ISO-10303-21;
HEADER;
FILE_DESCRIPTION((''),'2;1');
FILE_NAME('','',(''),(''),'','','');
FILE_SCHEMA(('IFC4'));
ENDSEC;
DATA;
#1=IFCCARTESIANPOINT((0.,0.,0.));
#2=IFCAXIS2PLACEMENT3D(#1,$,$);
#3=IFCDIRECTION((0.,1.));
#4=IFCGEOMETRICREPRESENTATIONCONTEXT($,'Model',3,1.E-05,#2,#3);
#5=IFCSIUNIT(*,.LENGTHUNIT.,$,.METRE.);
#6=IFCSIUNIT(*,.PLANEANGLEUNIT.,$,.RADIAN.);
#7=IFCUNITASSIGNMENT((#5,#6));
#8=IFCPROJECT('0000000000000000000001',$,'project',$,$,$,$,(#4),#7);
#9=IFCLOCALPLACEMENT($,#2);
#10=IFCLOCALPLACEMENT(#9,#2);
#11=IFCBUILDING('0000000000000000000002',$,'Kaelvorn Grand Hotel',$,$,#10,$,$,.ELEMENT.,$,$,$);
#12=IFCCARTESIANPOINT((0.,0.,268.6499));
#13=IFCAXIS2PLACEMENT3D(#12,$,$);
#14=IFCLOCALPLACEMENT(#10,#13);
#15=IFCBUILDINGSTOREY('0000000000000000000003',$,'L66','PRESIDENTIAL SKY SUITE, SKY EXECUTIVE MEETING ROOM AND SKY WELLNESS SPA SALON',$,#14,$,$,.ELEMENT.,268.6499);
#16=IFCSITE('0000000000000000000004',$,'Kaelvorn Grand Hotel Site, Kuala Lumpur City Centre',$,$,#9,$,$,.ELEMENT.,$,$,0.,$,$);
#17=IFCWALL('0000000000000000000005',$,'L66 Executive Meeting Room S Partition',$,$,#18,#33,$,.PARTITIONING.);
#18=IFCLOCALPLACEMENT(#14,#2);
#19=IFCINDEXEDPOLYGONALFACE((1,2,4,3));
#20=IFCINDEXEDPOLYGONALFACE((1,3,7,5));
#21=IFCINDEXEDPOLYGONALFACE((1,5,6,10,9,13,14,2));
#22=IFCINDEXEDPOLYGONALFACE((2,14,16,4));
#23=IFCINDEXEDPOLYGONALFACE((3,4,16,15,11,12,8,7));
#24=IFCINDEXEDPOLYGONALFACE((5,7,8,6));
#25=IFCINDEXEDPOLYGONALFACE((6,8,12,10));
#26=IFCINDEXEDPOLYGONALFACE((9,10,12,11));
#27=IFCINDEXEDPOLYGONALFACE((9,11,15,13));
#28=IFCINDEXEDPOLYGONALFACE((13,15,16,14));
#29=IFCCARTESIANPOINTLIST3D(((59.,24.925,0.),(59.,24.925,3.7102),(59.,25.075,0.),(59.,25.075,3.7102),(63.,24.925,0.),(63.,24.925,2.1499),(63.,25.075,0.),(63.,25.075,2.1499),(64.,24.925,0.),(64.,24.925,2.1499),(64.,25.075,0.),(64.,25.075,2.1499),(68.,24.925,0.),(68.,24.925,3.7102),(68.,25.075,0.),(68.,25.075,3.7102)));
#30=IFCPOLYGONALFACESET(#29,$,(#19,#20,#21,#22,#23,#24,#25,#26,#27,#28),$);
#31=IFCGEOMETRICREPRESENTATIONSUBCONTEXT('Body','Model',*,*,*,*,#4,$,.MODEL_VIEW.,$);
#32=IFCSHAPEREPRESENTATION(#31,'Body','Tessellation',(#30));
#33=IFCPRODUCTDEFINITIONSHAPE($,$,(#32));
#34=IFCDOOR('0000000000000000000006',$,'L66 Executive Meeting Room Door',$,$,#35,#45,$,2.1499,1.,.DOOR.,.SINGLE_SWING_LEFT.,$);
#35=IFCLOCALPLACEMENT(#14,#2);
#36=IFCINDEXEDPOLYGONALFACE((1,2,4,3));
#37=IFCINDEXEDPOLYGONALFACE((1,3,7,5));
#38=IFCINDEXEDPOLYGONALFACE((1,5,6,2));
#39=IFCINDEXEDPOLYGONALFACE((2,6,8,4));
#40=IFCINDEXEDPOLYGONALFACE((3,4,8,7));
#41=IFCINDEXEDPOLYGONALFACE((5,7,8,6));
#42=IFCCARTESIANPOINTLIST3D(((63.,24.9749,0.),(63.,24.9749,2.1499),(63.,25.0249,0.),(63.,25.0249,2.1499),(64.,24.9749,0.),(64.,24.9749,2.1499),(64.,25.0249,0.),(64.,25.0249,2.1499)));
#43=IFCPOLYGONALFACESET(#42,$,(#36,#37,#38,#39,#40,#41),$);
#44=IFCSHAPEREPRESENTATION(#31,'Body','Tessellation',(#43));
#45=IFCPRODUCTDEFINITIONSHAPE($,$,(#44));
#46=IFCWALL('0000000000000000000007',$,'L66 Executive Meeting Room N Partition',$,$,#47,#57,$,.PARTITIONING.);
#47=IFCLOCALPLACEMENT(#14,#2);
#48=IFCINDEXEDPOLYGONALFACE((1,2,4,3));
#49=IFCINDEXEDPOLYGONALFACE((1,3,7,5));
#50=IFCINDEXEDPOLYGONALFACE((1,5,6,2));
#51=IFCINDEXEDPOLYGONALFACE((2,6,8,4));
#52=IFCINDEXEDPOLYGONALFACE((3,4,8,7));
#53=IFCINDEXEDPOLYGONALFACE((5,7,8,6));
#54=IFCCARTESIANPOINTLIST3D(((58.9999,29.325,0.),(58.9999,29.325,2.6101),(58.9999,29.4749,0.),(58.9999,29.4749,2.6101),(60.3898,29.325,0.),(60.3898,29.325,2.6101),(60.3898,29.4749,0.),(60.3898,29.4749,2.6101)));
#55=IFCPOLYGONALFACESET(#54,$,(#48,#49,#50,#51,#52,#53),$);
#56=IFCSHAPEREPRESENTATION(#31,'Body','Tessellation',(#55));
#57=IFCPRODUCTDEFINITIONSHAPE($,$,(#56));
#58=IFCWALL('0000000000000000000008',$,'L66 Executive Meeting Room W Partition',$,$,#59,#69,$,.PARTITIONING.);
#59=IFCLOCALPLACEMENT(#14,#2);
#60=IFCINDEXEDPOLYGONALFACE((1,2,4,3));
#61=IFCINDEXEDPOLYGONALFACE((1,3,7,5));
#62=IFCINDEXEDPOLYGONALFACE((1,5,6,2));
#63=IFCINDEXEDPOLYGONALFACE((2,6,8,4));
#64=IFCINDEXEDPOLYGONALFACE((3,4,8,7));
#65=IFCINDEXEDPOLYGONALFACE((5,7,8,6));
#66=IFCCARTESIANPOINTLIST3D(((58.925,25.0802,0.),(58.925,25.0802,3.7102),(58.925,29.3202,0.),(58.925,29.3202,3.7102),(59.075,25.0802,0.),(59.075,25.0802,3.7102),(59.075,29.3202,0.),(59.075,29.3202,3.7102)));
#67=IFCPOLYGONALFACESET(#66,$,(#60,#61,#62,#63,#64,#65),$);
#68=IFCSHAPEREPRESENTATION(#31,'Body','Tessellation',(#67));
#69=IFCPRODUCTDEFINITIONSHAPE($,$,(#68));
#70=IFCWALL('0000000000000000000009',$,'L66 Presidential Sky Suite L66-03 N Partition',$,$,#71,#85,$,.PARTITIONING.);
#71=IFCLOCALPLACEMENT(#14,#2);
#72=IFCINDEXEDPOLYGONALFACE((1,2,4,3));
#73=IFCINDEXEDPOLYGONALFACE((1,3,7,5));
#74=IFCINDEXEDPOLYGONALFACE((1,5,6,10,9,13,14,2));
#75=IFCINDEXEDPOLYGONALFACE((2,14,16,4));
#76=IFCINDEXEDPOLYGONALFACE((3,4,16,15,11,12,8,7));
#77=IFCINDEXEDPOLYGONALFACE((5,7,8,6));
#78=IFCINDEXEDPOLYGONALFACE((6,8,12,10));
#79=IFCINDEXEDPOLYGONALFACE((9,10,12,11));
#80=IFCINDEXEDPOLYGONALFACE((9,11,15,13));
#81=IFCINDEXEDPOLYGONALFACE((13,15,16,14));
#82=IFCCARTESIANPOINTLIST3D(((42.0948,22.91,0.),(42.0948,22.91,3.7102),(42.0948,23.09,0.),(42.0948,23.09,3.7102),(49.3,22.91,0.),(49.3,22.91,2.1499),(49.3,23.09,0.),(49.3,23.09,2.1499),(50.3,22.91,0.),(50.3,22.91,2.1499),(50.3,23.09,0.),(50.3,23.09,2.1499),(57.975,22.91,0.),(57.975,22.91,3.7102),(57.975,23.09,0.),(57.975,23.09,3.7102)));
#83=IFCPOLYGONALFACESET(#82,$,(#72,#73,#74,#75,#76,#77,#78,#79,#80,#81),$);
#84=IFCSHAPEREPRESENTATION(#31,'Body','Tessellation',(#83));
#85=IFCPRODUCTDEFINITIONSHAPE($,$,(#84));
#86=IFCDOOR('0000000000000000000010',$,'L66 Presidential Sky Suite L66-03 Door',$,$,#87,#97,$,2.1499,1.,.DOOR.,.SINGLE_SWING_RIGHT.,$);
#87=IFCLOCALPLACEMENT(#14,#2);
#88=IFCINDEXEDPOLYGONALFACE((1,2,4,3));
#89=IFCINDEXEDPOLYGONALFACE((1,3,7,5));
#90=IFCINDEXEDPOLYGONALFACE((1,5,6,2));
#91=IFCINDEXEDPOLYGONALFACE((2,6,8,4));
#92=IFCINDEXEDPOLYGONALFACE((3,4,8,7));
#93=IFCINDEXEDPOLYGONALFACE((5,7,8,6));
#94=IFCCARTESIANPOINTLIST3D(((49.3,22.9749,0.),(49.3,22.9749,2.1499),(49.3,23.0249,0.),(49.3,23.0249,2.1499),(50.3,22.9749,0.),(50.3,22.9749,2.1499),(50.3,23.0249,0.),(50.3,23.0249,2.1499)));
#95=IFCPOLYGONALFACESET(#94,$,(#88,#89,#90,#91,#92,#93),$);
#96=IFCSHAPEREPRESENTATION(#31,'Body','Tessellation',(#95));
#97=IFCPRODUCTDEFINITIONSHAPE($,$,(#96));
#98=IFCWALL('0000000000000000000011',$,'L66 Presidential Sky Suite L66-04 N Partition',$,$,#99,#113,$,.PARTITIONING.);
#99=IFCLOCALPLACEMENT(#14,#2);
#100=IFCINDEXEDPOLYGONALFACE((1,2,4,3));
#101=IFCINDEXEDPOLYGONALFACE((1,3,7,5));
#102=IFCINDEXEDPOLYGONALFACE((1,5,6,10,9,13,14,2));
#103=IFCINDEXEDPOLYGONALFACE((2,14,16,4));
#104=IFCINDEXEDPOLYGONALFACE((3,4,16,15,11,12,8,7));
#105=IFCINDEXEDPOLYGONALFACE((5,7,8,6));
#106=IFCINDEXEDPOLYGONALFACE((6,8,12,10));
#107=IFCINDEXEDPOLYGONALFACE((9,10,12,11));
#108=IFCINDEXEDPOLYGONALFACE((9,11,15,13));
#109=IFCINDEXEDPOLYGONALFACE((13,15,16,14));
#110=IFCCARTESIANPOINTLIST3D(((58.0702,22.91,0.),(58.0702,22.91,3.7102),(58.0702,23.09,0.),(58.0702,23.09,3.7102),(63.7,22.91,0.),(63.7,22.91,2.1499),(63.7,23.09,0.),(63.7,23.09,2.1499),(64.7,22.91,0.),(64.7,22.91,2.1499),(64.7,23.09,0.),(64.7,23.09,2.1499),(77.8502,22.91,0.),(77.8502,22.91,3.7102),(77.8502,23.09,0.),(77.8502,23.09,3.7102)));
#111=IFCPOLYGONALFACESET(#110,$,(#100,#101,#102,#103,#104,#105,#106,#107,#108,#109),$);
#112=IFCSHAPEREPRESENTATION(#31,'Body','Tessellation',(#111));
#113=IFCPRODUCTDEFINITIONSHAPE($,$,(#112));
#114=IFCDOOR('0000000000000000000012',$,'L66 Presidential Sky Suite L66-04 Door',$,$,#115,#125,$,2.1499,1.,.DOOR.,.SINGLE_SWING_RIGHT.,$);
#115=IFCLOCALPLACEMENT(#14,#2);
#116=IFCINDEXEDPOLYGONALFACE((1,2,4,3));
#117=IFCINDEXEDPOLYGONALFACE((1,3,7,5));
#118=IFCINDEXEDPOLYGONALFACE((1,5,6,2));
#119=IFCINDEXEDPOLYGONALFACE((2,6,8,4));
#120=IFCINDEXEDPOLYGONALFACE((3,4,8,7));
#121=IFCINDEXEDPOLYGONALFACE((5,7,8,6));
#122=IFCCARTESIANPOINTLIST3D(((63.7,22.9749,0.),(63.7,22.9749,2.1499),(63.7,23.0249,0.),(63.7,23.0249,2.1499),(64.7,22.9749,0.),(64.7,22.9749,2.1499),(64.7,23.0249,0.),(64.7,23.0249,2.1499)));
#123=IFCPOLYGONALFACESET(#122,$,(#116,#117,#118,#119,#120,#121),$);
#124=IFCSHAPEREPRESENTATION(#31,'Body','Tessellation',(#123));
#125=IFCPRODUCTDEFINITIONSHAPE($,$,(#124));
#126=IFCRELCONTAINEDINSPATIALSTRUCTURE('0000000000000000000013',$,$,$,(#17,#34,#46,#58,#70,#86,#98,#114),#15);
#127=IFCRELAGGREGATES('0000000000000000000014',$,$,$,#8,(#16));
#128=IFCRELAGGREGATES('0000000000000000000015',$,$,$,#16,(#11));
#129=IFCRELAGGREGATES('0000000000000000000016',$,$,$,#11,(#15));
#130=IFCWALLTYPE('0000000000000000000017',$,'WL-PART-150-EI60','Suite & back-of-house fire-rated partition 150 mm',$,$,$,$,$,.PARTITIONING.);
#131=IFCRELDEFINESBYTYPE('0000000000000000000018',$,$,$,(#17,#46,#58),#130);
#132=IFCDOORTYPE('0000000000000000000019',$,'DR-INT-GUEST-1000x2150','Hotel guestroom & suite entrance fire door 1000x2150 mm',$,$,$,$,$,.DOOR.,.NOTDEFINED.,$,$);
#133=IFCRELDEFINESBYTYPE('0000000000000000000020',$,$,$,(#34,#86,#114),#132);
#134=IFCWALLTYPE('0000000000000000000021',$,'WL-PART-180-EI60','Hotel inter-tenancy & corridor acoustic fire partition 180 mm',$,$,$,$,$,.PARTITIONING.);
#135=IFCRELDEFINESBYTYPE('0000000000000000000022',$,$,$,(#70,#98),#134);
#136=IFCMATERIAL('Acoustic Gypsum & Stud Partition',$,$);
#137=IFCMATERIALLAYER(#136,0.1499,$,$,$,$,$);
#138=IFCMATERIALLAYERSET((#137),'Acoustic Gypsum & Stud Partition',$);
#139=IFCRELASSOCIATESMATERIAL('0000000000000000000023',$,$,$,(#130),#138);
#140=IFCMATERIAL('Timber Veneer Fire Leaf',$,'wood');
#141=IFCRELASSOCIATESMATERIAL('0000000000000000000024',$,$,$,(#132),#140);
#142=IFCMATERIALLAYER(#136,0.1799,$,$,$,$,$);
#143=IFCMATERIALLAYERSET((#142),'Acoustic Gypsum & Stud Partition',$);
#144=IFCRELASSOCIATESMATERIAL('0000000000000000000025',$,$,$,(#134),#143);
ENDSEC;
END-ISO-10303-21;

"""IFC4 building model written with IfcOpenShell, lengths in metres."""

from ifc_helpers import new_model, si_unit, direction, frame, frame_2d, origin, place, context, subcontext, project, spatial, rectangle, extrude, material, layer, layer_set, type_object, element, fill, save


model = new_model("IFC4")

# Units and contexts
model_context = context("Model", 3, precision=1e-05, world=origin(), true_north=direction((0.0, 1.0)))
body_context = subcontext(model_context, "Body", "Model", "MODEL_VIEW")
ifc_project = project(units=[si_unit("LENGTHUNIT", "METRE"), si_unit("PLANEANGLEUNIT", "RADIAN")], contexts=[model_context])

# Site, building, storey
site_placement = place(None, origin())
site = spatial("IfcSite", under=ifc_project, at=site_placement, Name="Kaelvorn Grand Hotel Site, Kuala Lumpur City Centre", CompositionType="ELEMENT", RefElevation=0.0)
building_placement = place(site_placement, origin())
building = spatial("IfcBuilding", under=site, at=building_placement, Name="Kaelvorn Grand Hotel", CompositionType="ELEMENT")
storey_placement = place(building_placement, frame((0.0, 0.0, 268.6499)))
storey = spatial("IfcBuildingStorey", under=building, at=storey_placement, Name="L66", Description="PRESIDENTIAL SKY SUITE, SKY EXECUTIVE MEETING ROOM AND SKY WELLNESS SPA SALON", CompositionType="ELEMENT", Elevation=268.6499)

# Shared definitions
ifc_material_1 = material(Name="Acoustic Gypsum & Stud Partition")
ifc_layer_1 = layer(ifc_material_1, 0.1499)
ifc_layer_set_1 = layer_set([ifc_layer_1], Name="Acoustic Gypsum & Stud Partition")
wall_type_1 = type_object("IfcWallType", Name="WL-PART-150-EI60", Description="Suite & back-of-house fire-rated partition 150 mm", PredefinedType="PARTITIONING", material=ifc_layer_set_1)

# Shared definitions
ifc_material_2 = material(Name="Timber Veneer Fire Leaf", Category="wood")
door_type_1 = type_object("IfcDoorType", Name="DR-INT-GUEST-1000x2150", Description="Hotel guestroom & suite entrance fire door 1000x2150 mm", OperationType="NOTDEFINED", PredefinedType="DOOR", material=ifc_material_2)

# Wall, opening, door
wall_1_placement = place(storey_placement, frame((59.0, 25.0, 0.0), z_axis=(0.0, 0.0, 1.0), x_axis=(1.0, 0.0, 0.0)))
wall_1 = element("IfcWall", 1, at=wall_1_placement, inside=storey, type_object=wall_type_1, Name="L66 Executive Meeting Room S Partition", PredefinedType="PARTITIONING", context=body_context, shape_type="SweptSolid", body=[
    extrude(rectangle(XDim=9.0, YDim=0.1499, at=frame_2d((4.5, 0.0))), origin(), (0.0, 0.0, 1.0), 3.7102),
])
opening_1_placement = place(wall_1_placement, frame((4.0, 0.0, 0.0)))
opening_1 = element("IfcOpeningElement", 2, at=opening_1_placement, cuts=wall_1, PredefinedType="OPENING", context=body_context, shape_type="SweptSolid", body=[
    extrude(rectangle(XDim=1.0, YDim=2.1499, at=frame_2d((0.5, 1.075))), frame((0.0, 0.085, 0.0), z_axis=(0.0, -1.0, 0.0), x_axis=(1.0, 0.0, 0.0)), (0.0, 0.0, 1.0), 0.1699),
])
door_1_placement = place(opening_1_placement, origin())
door_1 = element("IfcDoor", 3, at=door_1_placement, inside=storey, type_object=door_type_1, Name="L66 Executive Meeting Room Door", OperationType="SINGLE_SWING_LEFT", OverallHeight=2.1499, OverallWidth=1.0, PredefinedType="DOOR", context=body_context, shape_type="SweptSolid", body=[
    extrude(rectangle(XDim=1.0, YDim=2.1499, at=frame_2d((0.5, 1.075))), frame((0.0, 0.0249, 0.0), z_axis=(0.0, -1.0, 0.0), x_axis=(1.0, 0.0, 0.0)), (0.0, 0.0, 1.0), 0.05),
])
fill(opening_1, door_1)

# Walls
wall_2_placement = place(storey_placement, frame((59.0, 29.3999, 0.0), z_axis=(0.0, 0.0, 1.0), x_axis=(1.0, 0.0, 0.0)))
element("IfcWall", 4, at=wall_2_placement, inside=storey, type_object=wall_type_1, Name="L66 Executive Meeting Room N Partition", PredefinedType="PARTITIONING", context=body_context, shape_type="SweptSolid", body=[
    extrude(rectangle(XDim=1.3899, YDim=0.1499, at=frame_2d((0.6948, 0.0))), origin(), (0.0, 0.0, 1.0), 2.6101),
])
wall_3_placement = place(storey_placement, frame((59.0, 25.0801, 0.0), z_axis=(0.0, 0.0, 1.0), x_axis=(0.0, 1.0, 0.0)))
element("IfcWall", 5, at=wall_3_placement, inside=storey, type_object=wall_type_1, Name="L66 Executive Meeting Room W Partition", PredefinedType="PARTITIONING", context=body_context, shape_type="SweptSolid", body=[
    extrude(rectangle(XDim=4.24, YDim=0.1499, at=frame_2d((2.1201, 0.0))), origin(), (0.0, 0.0, 1.0), 3.7102),
])

# Walls, openings, doors
ifc_layer_2 = layer(ifc_material_1, 0.1799)
ifc_layer_set_2 = layer_set([ifc_layer_2], Name="Acoustic Gypsum & Stud Partition")
wall_type_2 = type_object("IfcWallType", Name="WL-PART-180-EI60", Description="Hotel inter-tenancy & corridor acoustic fire partition 180 mm", PredefinedType="PARTITIONING", material=ifc_layer_set_2)
wall_4_placement = place(storey_placement, frame((42.095, 23.0, 0.0), z_axis=(0.0, 0.0, 1.0), x_axis=(1.0, 0.0, 0.0)))
wall_4 = element("IfcWall", 6, at=wall_4_placement, inside=storey, type_object=wall_type_2, Name="L66 Presidential Sky Suite L66-03 N Partition", PredefinedType="PARTITIONING", context=body_context, shape_type="SweptSolid", body=[
    extrude(rectangle(XDim=15.8801, YDim=0.1799, at=frame_2d((7.9399, 0.0))), origin(), (0.0, 0.0, 1.0), 3.7102),
])
opening_2_placement = place(wall_4_placement, frame((7.2051, 0.0, 0.0)))
opening_2 = element("IfcOpeningElement", 7, at=opening_2_placement, cuts=wall_4, PredefinedType="OPENING", context=body_context, shape_type="SweptSolid", body=[
    extrude(rectangle(XDim=1.0, YDim=2.1499, at=frame_2d((0.5, 1.075))), frame((0.0, 0.1001, 0.0), z_axis=(0.0, -1.0, 0.0), x_axis=(1.0, 0.0, 0.0)), (0.0, 0.0, 1.0), 0.2),
])
door_2_placement = place(opening_2_placement, origin())
door_2 = element("IfcDoor", 8, at=door_2_placement, inside=storey, type_object=door_type_1, Name="L66 Presidential Sky Suite L66-03 Door", OperationType="SINGLE_SWING_RIGHT", OverallHeight=2.1499, OverallWidth=1.0, PredefinedType="DOOR", context=body_context, shape_type="SweptSolid", body=[
    extrude(rectangle(XDim=1.0, YDim=2.1499, at=frame_2d((0.5, 1.075))), frame((0.0, 0.0249, 0.0), z_axis=(0.0, -1.0, 0.0), x_axis=(1.0, 0.0, 0.0)), (0.0, 0.0, 1.0), 0.05),
])
fill(opening_2, door_2)
wall_5_placement = place(storey_placement, frame((58.0701, 23.0, 0.0), z_axis=(0.0, 0.0, 1.0), x_axis=(1.0, 0.0, 0.0)))
wall_5 = element("IfcWall", 9, at=wall_5_placement, inside=storey, type_object=wall_type_2, Name="L66 Presidential Sky Suite L66-04 N Partition", PredefinedType="PARTITIONING", context=body_context, shape_type="SweptSolid", body=[
    extrude(rectangle(XDim=19.78, YDim=0.1799, at=frame_2d((9.8901, 0.0))), origin(), (0.0, 0.0, 1.0), 3.7102),
])
opening_3_placement = place(wall_5_placement, frame((5.6299, 0.0, 0.0)))
opening_3 = element("IfcOpeningElement", 10, at=opening_3_placement, cuts=wall_5, PredefinedType="OPENING", context=body_context, shape_type="SweptSolid", body=[
    extrude(rectangle(XDim=1.0, YDim=2.1499, at=frame_2d((0.5, 1.075))), frame((0.0, 0.1001, 0.0), z_axis=(0.0, -1.0, 0.0), x_axis=(1.0, 0.0, 0.0)), (0.0, 0.0, 1.0), 0.2),
])
door_3_placement = place(opening_3_placement, origin())
door_3 = element("IfcDoor", 11, at=door_3_placement, inside=storey, type_object=door_type_1, Name="L66 Presidential Sky Suite L66-04 Door", OperationType="SINGLE_SWING_RIGHT", OverallHeight=2.1499, OverallWidth=1.0, PredefinedType="DOOR", context=body_context, shape_type="SweptSolid", body=[
    extrude(rectangle(XDim=1.0, YDim=2.1499, at=frame_2d((0.5, 1.075))), frame((0.0, 0.0249, 0.0), z_axis=(0.0, -1.0, 0.0), x_axis=(1.0, 0.0, 0.0)), (0.0, 0.0, 1.0), 0.05),
])
fill(opening_3, door_3)

save(model, "model.ifc")
